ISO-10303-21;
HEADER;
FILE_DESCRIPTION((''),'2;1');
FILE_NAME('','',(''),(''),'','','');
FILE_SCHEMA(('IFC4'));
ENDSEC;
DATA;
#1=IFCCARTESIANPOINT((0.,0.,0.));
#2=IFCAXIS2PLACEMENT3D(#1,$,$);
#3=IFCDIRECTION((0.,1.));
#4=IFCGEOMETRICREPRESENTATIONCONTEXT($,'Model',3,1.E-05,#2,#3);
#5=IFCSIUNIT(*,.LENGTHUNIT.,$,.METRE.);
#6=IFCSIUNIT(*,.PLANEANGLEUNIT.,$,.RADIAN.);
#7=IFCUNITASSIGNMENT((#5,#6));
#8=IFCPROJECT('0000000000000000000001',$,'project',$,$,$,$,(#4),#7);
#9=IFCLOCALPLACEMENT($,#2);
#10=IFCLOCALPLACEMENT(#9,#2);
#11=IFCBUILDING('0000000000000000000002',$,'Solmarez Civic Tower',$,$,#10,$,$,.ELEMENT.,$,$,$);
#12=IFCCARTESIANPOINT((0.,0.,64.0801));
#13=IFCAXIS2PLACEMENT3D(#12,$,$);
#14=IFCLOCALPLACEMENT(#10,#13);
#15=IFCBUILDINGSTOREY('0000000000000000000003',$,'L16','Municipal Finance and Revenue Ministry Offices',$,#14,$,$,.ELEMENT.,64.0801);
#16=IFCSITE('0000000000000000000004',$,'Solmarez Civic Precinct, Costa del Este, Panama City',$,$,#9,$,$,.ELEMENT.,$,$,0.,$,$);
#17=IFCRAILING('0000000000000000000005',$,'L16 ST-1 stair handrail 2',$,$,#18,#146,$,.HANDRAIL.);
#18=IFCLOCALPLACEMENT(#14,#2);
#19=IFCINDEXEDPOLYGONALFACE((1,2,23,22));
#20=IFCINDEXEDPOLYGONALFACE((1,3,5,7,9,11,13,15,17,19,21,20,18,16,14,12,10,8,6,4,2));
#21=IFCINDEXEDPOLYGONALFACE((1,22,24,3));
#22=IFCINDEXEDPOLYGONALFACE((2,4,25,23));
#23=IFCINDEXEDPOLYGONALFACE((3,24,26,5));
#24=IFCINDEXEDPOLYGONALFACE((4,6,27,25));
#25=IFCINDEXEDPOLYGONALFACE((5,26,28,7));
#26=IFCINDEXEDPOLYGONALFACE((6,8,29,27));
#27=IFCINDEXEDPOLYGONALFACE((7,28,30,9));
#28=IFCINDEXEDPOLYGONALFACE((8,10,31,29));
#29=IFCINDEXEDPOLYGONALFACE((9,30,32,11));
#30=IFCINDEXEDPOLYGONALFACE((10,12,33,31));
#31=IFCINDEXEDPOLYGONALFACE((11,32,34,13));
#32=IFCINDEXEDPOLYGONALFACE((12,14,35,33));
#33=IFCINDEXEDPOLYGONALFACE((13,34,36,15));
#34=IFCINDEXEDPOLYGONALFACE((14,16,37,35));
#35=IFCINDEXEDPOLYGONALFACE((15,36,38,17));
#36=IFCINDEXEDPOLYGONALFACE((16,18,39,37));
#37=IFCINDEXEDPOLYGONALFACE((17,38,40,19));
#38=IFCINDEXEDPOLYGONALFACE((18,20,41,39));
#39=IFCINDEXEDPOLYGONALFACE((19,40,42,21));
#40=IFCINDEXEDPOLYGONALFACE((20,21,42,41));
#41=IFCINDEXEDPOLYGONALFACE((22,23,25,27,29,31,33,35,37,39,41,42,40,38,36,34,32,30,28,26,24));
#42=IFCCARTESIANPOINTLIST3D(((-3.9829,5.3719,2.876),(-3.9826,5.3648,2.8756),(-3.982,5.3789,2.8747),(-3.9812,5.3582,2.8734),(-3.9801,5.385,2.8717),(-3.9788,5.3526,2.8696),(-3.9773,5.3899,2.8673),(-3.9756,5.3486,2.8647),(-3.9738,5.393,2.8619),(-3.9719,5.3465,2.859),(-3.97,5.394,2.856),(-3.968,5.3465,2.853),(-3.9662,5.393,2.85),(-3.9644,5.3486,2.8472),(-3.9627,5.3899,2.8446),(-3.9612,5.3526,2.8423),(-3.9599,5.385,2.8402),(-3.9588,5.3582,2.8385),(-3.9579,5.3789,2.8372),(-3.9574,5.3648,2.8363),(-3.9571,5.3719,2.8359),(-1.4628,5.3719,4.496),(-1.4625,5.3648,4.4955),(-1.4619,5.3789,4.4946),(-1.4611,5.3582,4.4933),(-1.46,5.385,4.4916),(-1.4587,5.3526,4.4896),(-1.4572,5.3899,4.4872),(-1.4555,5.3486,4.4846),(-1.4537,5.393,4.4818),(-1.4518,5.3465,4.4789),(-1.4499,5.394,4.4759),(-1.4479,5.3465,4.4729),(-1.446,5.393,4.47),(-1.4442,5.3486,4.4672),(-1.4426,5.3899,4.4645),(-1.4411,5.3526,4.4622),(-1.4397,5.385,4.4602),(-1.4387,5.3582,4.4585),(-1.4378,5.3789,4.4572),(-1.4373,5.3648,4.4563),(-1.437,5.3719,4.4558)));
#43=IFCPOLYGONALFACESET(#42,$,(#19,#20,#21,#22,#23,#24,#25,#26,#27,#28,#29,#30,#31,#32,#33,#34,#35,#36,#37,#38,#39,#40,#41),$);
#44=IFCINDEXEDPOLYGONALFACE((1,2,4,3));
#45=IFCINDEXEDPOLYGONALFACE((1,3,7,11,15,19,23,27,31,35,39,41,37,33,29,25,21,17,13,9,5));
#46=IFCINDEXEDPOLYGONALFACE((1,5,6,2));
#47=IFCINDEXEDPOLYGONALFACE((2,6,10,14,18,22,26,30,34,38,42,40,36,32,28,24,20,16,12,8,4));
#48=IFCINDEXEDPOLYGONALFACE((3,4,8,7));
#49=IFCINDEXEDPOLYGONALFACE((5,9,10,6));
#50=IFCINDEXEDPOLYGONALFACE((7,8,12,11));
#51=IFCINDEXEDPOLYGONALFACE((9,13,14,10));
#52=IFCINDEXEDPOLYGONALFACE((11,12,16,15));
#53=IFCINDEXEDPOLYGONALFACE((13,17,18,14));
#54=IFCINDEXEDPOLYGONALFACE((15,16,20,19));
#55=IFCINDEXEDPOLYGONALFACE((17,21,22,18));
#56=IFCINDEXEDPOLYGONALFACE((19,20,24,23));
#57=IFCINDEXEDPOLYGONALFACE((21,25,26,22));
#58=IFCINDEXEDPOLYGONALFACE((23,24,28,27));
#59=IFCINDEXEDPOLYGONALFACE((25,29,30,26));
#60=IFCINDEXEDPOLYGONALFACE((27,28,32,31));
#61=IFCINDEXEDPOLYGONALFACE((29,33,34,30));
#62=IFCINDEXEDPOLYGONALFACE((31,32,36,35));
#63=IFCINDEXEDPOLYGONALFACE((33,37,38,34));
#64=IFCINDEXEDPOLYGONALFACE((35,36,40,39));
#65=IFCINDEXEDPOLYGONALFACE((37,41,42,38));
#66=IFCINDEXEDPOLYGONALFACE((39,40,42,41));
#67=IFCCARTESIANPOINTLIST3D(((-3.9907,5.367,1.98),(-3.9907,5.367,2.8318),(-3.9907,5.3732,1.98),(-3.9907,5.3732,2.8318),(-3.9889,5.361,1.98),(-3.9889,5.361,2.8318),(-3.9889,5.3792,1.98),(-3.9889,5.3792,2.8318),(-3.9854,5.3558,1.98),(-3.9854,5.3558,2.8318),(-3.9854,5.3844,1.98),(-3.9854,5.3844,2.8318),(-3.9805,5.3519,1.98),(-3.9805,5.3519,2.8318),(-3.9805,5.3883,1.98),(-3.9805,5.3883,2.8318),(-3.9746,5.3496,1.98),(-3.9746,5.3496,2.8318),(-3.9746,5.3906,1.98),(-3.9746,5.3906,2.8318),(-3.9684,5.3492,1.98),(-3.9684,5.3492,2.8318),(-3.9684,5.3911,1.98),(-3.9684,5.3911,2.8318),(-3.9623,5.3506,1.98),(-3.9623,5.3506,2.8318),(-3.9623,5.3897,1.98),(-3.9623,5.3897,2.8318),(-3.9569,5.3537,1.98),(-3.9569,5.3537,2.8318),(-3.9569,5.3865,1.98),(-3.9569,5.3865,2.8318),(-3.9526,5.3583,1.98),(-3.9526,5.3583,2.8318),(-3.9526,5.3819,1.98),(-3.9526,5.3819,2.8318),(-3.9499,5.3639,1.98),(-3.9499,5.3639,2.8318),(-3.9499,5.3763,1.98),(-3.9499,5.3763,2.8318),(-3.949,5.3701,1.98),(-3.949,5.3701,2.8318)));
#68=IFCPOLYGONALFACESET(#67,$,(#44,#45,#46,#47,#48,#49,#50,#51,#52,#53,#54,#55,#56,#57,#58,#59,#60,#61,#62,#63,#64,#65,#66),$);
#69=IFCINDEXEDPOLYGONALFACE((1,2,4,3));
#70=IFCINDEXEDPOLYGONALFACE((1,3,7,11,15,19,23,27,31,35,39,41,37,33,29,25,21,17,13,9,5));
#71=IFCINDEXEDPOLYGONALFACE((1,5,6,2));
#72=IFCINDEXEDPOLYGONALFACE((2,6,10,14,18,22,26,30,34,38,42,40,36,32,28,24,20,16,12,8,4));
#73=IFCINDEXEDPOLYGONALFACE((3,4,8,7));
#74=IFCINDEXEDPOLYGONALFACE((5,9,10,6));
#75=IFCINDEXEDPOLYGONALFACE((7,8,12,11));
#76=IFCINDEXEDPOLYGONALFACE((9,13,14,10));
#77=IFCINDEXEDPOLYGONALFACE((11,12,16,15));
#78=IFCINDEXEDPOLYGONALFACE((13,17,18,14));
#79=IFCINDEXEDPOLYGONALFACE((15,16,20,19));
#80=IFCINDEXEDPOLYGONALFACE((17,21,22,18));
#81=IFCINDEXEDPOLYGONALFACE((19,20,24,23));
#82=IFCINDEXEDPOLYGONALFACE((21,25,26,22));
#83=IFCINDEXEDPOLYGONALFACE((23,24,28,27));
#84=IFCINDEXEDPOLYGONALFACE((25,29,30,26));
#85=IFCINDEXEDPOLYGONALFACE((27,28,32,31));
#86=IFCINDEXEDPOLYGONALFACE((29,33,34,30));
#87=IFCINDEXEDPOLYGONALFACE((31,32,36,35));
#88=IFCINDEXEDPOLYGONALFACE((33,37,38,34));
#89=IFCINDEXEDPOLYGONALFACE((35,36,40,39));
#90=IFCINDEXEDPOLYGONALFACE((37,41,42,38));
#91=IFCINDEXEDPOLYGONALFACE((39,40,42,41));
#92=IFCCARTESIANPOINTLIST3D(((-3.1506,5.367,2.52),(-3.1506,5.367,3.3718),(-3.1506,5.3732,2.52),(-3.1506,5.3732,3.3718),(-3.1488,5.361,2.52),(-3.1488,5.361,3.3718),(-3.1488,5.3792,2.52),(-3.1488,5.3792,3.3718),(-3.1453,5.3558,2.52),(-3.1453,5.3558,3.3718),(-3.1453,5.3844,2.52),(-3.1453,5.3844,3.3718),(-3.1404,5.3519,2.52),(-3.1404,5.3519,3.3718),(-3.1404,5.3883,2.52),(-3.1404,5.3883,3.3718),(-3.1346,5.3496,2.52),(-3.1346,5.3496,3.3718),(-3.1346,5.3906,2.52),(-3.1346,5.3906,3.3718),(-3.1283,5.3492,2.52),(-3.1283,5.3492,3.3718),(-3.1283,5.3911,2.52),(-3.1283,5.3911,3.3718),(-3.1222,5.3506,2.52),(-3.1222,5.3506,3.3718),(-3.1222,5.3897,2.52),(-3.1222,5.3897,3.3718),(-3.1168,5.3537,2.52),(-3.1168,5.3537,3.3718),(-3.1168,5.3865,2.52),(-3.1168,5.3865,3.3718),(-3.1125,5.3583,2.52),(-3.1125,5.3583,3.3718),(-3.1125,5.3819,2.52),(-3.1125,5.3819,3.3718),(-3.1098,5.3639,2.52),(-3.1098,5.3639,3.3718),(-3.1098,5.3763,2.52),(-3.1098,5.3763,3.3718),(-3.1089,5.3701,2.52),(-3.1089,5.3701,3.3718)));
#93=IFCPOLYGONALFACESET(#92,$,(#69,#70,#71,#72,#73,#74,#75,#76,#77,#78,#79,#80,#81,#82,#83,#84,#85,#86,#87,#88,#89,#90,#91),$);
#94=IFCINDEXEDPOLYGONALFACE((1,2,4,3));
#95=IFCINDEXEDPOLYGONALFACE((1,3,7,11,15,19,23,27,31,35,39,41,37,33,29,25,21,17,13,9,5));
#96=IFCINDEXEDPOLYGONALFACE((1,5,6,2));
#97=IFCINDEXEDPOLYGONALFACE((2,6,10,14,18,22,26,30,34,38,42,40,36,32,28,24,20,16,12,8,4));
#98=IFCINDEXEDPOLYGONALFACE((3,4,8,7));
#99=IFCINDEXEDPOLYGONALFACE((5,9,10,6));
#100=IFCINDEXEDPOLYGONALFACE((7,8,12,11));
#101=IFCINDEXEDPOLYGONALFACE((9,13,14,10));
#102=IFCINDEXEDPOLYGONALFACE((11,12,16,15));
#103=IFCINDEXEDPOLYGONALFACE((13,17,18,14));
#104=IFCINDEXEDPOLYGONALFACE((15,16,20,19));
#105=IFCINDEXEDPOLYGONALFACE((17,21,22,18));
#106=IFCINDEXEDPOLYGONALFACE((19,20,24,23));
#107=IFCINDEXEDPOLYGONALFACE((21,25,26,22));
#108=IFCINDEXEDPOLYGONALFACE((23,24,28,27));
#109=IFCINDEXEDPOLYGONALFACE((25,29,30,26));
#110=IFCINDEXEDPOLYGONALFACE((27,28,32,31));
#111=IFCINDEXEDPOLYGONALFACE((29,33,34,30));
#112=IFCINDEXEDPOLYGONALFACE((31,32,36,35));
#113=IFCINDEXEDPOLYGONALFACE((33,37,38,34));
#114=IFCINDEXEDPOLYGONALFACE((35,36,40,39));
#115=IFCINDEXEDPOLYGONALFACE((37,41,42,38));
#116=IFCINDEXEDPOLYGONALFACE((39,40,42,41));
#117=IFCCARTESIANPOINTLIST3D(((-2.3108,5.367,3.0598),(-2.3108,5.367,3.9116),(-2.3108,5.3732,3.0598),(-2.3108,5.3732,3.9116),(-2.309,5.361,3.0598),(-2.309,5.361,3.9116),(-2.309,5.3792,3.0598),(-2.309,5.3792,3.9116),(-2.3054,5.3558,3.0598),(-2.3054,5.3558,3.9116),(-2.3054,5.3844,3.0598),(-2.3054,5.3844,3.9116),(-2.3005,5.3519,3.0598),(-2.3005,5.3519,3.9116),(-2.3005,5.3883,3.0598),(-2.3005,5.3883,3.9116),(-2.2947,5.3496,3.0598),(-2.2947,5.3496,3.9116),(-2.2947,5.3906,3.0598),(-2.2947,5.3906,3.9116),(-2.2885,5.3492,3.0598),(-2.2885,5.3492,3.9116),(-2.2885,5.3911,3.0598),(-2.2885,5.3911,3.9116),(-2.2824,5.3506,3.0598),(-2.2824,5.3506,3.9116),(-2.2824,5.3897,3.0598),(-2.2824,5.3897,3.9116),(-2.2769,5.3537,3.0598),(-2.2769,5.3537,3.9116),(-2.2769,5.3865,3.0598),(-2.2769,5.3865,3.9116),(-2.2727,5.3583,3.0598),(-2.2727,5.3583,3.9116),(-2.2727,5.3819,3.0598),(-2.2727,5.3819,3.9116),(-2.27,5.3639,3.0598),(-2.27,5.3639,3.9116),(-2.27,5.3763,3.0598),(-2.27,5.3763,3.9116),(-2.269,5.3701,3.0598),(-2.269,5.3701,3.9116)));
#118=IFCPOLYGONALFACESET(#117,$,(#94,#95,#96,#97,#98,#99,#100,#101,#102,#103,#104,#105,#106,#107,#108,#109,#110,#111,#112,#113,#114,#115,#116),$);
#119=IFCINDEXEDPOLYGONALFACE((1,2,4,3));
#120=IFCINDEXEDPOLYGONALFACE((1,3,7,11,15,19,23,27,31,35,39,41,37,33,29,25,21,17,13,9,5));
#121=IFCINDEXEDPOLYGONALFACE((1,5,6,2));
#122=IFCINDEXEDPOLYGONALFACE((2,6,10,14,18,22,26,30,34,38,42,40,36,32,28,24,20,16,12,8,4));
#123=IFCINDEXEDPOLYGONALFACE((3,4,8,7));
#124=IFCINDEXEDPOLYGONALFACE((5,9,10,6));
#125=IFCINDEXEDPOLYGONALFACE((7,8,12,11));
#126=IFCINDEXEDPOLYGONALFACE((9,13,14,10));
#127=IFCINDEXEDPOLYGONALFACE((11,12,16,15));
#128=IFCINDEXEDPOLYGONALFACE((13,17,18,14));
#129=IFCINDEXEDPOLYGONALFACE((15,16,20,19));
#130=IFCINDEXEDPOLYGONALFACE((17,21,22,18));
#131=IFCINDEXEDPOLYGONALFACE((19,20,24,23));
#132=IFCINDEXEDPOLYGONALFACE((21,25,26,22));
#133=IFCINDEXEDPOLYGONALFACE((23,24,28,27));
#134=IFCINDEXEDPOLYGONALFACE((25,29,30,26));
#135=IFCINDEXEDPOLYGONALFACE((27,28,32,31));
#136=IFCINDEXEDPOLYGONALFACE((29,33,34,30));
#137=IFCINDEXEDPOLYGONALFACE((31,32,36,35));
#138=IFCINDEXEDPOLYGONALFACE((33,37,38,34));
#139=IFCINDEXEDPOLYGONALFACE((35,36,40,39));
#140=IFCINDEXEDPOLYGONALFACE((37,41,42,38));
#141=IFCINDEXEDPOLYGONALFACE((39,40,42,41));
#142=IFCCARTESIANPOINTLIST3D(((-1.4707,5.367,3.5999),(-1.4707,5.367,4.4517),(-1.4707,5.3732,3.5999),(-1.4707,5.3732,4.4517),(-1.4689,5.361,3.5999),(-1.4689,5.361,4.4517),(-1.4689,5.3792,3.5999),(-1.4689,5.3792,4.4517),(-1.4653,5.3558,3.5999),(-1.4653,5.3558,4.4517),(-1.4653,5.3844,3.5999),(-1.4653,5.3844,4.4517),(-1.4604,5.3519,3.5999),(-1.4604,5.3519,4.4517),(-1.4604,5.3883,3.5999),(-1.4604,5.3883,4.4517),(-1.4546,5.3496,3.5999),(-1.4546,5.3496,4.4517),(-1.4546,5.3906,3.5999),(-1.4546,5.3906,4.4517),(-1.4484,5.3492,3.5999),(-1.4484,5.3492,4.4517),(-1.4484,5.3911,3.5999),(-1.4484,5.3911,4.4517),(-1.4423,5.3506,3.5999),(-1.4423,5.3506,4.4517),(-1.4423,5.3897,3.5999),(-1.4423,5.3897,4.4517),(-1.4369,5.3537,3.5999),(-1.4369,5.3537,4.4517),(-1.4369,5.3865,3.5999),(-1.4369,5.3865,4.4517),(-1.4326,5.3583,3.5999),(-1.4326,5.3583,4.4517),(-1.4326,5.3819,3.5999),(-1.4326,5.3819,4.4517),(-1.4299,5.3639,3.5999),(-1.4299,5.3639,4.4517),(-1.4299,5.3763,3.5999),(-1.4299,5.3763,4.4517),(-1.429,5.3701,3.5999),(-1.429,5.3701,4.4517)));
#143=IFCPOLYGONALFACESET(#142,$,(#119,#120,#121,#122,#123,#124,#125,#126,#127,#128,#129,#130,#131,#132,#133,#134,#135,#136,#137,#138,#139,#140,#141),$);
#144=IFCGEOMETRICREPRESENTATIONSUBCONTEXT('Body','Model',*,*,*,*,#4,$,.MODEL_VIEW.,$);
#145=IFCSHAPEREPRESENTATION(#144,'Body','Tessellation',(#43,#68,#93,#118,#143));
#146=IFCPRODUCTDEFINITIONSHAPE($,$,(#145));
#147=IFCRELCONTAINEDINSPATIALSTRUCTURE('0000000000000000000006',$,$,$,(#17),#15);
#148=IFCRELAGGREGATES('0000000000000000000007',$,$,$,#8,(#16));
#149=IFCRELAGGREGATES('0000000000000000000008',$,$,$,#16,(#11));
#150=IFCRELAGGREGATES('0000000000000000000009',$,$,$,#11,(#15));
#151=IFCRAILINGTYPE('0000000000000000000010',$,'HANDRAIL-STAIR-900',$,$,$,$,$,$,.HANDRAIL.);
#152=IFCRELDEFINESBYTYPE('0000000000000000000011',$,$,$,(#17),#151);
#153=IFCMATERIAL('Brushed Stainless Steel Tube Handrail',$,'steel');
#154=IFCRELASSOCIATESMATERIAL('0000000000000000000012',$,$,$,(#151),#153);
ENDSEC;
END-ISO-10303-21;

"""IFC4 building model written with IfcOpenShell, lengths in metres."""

from ifc_helpers import new_model, si_unit, direction, frame, origin, origin_2d, place, context, subcontext, project, spatial, circle, extrude, material, type_object, element, save


model = new_model("IFC4")

# Units and contexts
model_context = context("Model", 3, precision=1e-05, world=origin(), true_north=direction((0.0, 1.0)))
body_context = subcontext(model_context, "Body", "Model", "MODEL_VIEW")
ifc_project = project(units=[si_unit("LENGTHUNIT", "METRE"), si_unit("PLANEANGLEUNIT", "RADIAN")], contexts=[model_context])

# Site, building, storey
site_placement = place(None, origin())
site = spatial("IfcSite", under=ifc_project, at=site_placement, Name="Solmarez Civic Precinct, Costa del Este, Panama City", CompositionType="ELEMENT", RefElevation=0.0)
building_placement = place(site_placement, origin())
building = spatial("IfcBuilding", under=site, at=building_placement, Name="Solmarez Civic Tower", CompositionType="ELEMENT")
storey_placement = place(building_placement, frame((0.0, 0.0, 64.0801)))
storey = spatial("IfcBuildingStorey", under=building, at=storey_placement, Name="L16", Description="Municipal Finance and Revenue Ministry Offices", CompositionType="ELEMENT", Elevation=64.0801)

# Railing
ifc_material_1 = material(Name="Brushed Stainless Steel Tube Handrail", Category="steel")
railing_type_1 = type_object("IfcRailingType", Name="HANDRAIL-STAIR-900", PredefinedType="HANDRAIL", material=ifc_material_1)
railing_1_placement = place(storey_placement, frame((-3.97, 5.3701, 1.98)))
element("IfcRailing", 1, at=railing_1_placement, inside=storey, type_object=railing_type_1, Name="L16 ST-1 stair handrail 2", PredefinedType="HANDRAIL", context=body_context, shape_type="SweptSolid", body=[
    extrude(circle(Radius=0.0239, at=origin_2d()), frame((0.0, 0.0, 0.876), z_axis=(0.8412, 0.0, 0.540725), x_axis=(0.0, 1.0, 0.0)), (0.0, 0.0, 1.0), 2.9958),
    extrude(circle(Radius=0.021, at=origin_2d()), origin(), (0.0, 0.0, 1.0), 0.8518),
    extrude(circle(Radius=0.021, at=origin_2d()), frame((0.8401, 0.0, 0.54)), (0.0, 0.0, 1.0), 0.8518),
    extrude(circle(Radius=0.021, at=origin_2d()), frame((1.6799, 0.0, 1.0798)), (0.0, 0.0, 1.0), 0.8518),
    extrude(circle(Radius=0.021, at=origin_2d()), frame((2.52, 0.0, 1.6199)), (0.0, 0.0, 1.0), 0.8518),
])

save(model, "model.ifc")
